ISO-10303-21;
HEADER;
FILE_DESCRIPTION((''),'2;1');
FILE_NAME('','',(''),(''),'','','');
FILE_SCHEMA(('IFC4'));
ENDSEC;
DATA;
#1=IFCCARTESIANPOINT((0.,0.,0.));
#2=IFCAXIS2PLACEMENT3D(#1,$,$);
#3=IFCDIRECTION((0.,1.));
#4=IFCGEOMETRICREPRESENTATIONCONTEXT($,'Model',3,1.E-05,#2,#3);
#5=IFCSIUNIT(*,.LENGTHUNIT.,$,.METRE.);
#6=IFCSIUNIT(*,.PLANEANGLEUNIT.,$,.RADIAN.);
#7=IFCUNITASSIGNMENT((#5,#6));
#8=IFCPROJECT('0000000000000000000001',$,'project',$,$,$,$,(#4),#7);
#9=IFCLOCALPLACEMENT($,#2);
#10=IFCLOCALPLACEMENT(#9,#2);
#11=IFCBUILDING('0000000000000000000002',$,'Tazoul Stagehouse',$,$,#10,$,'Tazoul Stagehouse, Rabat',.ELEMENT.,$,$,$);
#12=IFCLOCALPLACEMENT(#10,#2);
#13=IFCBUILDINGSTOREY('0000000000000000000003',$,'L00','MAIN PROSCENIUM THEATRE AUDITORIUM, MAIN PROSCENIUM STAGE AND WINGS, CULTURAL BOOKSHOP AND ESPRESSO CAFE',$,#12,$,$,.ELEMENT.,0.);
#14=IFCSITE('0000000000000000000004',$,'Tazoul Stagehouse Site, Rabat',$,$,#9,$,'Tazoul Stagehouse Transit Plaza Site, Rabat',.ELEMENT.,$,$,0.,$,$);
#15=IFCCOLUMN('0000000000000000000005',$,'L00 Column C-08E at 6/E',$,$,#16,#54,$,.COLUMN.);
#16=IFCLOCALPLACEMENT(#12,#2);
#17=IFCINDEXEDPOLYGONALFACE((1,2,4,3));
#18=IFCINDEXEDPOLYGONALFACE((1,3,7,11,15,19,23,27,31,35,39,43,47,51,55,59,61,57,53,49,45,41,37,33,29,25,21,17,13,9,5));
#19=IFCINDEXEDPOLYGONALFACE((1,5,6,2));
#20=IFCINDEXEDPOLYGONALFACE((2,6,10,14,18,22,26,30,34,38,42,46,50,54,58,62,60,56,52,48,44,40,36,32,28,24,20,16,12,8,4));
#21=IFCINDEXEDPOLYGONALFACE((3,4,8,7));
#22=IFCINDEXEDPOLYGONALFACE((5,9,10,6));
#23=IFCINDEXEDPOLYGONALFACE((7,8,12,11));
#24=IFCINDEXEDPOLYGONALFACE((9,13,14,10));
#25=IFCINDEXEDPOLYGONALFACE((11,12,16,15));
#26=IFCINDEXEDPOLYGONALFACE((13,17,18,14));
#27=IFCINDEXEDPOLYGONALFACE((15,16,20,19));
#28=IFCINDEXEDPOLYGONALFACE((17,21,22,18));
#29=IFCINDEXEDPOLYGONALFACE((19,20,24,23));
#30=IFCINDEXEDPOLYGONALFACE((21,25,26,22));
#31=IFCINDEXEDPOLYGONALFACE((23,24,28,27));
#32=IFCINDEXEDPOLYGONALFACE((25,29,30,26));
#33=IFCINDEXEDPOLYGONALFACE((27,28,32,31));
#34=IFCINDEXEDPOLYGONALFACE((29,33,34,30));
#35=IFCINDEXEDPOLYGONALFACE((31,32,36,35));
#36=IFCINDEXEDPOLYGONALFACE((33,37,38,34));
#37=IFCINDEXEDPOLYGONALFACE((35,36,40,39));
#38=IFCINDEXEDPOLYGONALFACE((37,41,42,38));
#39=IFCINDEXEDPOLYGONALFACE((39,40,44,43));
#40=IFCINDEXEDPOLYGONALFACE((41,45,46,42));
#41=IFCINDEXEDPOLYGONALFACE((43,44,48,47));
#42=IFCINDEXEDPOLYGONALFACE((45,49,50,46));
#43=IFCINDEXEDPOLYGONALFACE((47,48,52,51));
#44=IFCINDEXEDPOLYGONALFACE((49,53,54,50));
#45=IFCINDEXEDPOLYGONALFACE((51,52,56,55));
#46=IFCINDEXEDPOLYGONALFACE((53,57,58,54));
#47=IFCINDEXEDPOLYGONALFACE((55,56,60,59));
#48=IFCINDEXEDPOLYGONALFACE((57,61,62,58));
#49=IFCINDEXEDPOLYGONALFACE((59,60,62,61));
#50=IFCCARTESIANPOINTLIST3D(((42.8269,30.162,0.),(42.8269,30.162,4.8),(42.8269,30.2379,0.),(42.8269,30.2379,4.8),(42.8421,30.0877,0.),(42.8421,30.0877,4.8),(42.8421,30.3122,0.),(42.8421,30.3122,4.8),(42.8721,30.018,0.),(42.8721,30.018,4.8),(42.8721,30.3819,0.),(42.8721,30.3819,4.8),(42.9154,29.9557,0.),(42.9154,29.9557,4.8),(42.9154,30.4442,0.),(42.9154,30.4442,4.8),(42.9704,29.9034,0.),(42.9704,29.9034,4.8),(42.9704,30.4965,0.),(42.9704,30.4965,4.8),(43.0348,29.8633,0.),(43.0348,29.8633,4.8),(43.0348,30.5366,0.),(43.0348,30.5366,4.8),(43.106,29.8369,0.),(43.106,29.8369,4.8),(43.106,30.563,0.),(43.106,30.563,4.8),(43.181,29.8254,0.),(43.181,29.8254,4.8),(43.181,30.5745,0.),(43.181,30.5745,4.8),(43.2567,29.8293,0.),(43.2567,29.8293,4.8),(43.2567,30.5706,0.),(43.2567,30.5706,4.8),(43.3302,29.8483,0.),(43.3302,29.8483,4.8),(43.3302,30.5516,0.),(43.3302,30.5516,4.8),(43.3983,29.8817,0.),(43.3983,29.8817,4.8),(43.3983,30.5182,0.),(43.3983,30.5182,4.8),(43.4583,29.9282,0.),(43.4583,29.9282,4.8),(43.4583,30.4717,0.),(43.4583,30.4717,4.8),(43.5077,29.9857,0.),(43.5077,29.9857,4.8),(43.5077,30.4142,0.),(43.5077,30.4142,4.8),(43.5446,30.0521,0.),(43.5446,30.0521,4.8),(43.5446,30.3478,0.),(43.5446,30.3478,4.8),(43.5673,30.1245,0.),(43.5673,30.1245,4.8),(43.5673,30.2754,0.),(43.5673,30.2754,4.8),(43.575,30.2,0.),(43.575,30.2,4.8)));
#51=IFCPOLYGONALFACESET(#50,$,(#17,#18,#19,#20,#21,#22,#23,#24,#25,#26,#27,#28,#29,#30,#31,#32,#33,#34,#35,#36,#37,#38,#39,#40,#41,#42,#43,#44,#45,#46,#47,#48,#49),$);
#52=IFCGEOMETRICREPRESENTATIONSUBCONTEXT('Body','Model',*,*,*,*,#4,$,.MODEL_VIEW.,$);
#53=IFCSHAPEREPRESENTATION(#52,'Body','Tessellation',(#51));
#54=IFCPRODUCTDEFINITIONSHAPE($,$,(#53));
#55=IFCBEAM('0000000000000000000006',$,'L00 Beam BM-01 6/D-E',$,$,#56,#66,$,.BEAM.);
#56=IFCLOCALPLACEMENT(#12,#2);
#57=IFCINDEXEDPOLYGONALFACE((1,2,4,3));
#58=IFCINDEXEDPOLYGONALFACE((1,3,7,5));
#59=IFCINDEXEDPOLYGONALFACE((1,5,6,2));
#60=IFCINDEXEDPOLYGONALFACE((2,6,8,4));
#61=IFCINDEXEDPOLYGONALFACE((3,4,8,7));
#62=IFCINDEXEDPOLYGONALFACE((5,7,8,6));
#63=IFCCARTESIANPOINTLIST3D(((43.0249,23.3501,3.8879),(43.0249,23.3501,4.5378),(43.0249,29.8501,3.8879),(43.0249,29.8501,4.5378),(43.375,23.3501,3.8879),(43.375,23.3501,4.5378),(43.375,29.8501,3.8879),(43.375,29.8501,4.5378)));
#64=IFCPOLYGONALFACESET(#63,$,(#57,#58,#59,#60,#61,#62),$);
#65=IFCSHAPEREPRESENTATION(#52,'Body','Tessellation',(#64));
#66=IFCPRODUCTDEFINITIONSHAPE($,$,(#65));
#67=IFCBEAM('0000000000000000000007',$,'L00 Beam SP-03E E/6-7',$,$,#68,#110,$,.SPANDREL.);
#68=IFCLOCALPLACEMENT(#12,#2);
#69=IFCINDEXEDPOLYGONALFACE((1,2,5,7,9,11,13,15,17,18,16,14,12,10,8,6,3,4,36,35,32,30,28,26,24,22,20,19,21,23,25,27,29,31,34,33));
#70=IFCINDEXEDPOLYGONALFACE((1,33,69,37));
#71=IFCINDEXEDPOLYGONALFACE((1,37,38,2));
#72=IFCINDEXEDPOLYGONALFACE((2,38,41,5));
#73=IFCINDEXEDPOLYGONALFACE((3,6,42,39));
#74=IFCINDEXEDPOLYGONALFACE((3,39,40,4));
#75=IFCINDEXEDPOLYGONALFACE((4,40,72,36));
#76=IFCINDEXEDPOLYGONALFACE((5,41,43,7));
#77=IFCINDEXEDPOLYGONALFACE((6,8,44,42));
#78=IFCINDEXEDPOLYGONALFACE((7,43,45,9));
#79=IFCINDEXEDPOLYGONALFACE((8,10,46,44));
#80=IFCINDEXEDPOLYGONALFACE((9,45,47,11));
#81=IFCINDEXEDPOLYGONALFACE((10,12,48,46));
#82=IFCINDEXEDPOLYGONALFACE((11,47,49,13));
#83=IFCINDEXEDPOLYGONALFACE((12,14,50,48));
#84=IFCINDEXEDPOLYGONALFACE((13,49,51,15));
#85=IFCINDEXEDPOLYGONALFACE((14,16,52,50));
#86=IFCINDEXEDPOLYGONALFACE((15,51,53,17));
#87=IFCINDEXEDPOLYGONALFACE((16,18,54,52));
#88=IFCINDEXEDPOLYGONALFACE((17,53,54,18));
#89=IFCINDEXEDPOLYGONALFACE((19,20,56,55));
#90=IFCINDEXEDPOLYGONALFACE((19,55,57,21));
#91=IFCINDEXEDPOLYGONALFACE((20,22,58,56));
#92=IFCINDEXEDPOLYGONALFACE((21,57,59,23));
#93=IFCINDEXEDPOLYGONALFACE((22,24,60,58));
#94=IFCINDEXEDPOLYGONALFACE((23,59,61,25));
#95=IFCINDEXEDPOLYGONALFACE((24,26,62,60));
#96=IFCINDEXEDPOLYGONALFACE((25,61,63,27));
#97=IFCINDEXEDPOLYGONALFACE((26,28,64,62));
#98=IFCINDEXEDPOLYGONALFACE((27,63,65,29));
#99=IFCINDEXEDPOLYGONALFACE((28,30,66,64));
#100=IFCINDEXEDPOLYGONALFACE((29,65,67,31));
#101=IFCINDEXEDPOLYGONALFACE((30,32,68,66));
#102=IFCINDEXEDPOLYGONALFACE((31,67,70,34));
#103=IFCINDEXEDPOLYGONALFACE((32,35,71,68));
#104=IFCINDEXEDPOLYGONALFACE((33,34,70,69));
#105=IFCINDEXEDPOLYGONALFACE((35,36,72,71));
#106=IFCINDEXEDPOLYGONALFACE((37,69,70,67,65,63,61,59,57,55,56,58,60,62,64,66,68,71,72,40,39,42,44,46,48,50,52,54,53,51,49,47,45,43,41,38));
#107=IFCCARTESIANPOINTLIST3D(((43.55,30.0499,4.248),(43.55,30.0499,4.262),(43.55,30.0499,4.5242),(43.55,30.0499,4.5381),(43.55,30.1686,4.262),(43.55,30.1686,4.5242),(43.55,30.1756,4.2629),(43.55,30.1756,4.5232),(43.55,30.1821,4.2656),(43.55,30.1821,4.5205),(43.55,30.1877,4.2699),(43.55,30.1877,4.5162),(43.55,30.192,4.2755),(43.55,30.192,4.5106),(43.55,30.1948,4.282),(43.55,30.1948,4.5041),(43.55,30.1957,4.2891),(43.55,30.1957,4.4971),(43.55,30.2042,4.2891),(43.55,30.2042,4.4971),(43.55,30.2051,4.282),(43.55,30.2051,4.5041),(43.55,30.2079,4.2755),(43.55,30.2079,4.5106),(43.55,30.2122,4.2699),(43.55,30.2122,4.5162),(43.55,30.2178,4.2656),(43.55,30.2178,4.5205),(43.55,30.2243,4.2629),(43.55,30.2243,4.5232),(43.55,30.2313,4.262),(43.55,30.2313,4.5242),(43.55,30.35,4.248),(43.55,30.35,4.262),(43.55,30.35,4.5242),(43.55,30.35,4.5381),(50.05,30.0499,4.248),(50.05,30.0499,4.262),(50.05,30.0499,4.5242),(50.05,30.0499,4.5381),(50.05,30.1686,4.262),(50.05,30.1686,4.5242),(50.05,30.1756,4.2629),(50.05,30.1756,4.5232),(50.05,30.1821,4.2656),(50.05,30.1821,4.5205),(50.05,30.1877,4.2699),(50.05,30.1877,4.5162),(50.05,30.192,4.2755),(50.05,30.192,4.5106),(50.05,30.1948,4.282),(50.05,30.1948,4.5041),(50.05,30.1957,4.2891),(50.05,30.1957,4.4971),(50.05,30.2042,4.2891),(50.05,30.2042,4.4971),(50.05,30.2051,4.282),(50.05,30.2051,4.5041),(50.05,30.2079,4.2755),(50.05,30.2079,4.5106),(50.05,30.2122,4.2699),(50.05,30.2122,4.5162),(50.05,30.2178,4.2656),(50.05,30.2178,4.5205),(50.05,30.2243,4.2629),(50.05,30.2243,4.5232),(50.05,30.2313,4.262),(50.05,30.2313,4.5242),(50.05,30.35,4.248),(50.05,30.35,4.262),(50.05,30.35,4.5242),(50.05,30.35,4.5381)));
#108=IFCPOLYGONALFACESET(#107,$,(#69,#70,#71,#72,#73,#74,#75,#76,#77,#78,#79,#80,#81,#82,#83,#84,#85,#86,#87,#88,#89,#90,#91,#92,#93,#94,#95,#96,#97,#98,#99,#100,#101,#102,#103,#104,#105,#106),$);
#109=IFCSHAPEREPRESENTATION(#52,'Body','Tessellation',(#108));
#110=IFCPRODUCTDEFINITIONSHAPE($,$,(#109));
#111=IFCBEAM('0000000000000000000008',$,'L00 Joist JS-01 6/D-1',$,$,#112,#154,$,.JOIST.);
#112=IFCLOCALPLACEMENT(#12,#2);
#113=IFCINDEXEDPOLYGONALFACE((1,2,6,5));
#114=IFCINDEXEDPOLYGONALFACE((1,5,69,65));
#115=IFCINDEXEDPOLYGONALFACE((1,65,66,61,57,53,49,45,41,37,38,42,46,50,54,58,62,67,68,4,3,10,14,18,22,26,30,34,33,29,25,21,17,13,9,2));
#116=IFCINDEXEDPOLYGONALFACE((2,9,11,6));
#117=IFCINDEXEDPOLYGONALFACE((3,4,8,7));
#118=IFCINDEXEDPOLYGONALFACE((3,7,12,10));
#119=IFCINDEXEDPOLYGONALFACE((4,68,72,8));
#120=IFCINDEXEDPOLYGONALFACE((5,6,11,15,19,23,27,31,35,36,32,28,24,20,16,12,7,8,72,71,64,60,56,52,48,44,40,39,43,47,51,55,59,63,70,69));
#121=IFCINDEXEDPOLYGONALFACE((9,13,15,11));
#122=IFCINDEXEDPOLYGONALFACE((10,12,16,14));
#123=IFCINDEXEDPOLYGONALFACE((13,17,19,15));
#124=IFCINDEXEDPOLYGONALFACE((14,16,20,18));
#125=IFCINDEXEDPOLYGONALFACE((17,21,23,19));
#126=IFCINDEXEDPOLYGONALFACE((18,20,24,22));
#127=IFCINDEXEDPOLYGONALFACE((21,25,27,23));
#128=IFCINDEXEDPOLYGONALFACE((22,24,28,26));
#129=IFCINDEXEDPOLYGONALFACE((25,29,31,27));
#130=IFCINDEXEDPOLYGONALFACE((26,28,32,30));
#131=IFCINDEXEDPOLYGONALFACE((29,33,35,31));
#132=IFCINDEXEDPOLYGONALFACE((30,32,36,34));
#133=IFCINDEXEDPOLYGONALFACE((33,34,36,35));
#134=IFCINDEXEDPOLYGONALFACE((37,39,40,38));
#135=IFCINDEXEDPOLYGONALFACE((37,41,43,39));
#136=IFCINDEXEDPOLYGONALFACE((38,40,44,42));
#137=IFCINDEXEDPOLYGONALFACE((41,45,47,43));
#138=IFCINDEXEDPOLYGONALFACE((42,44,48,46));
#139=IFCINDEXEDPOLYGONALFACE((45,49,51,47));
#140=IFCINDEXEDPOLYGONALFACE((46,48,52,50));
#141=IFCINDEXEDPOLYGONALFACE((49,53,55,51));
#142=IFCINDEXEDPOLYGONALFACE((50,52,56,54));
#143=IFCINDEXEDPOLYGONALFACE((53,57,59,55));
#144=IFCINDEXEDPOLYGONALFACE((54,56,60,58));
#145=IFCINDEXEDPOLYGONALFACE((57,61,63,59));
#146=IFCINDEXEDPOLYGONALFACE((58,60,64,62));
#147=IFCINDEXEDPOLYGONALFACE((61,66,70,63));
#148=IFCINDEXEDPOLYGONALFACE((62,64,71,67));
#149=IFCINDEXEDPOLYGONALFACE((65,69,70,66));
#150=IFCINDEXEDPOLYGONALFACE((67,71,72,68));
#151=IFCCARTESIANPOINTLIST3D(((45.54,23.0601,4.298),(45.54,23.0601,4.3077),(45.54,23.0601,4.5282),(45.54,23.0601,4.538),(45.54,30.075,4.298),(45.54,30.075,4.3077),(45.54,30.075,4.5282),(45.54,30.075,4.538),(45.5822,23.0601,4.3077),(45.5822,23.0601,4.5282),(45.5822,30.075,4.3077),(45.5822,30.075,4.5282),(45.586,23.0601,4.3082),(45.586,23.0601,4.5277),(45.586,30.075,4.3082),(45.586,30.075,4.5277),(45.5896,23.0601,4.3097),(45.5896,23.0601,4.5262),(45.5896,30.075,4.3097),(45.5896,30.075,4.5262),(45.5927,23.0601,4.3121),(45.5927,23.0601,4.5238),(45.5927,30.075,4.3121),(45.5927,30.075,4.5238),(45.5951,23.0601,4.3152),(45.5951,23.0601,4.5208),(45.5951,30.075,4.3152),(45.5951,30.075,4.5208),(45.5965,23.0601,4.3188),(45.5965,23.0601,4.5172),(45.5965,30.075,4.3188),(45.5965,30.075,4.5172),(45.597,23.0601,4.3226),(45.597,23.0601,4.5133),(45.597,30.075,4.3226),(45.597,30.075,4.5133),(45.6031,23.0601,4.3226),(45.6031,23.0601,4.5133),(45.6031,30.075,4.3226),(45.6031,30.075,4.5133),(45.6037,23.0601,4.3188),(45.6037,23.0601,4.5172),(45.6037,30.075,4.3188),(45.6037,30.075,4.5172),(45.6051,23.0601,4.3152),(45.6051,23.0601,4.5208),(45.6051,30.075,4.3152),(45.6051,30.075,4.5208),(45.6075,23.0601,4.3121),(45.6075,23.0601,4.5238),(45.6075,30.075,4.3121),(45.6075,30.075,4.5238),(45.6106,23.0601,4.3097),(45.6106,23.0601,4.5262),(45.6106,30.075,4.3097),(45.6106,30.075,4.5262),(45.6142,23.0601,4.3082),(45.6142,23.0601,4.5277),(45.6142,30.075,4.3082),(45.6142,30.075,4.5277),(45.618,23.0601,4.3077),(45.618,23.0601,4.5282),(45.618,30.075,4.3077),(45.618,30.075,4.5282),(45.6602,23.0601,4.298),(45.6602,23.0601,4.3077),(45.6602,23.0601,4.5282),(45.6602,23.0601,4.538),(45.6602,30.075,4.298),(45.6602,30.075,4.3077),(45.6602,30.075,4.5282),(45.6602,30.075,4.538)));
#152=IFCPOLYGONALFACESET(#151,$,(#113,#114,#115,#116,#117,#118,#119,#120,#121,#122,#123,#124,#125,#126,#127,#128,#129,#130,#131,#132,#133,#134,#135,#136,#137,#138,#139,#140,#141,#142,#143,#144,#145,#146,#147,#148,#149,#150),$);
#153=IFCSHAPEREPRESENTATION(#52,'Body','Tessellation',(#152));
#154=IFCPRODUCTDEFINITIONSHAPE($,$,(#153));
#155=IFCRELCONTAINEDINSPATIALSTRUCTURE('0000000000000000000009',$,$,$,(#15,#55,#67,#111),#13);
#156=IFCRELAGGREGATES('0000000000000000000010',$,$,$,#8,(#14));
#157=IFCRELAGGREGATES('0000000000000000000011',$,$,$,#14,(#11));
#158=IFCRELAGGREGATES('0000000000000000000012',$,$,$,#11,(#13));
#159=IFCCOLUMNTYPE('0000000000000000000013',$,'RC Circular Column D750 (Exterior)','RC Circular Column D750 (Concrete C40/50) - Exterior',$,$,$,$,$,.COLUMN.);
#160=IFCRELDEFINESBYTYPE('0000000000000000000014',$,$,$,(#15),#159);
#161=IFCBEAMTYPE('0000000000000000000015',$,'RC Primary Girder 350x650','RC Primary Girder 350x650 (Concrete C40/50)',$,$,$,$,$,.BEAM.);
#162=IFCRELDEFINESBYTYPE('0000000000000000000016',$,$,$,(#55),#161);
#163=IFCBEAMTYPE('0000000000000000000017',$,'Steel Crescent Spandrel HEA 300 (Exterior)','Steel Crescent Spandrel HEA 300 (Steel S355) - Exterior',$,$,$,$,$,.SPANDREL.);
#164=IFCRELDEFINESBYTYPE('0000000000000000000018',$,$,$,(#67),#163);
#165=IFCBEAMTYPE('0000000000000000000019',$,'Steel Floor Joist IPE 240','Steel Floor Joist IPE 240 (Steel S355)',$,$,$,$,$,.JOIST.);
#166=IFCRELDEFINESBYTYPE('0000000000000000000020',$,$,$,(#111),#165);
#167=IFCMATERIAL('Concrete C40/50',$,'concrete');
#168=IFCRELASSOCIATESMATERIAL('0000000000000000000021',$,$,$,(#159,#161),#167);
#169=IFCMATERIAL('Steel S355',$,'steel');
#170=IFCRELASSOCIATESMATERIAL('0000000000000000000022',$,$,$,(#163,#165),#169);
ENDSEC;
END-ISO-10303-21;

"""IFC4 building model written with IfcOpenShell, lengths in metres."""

from ifc_helpers import new_model, si_unit, direction, frame, origin, origin_2d, place, context, subcontext, project, spatial, rectangle, circle, i_section, extrude, material, material_profile, profile_set, type_object, element, save


model = new_model("IFC4")

# Units and contexts
model_context = context("Model", 3, precision=1e-05, world=origin(), true_north=direction((0.0, 1.0)))
body_context = subcontext(model_context, "Body", "Model", "MODEL_VIEW")
ifc_project = project(units=[si_unit("LENGTHUNIT", "METRE"), si_unit("PLANEANGLEUNIT", "RADIAN")], contexts=[model_context])

# Site, building, storey
site_placement = place(None, origin())
site = spatial("IfcSite", under=ifc_project, at=site_placement, Name="Tazoul Stagehouse Site, Rabat", LongName="Tazoul Stagehouse Transit Plaza Site, Rabat", CompositionType="ELEMENT", RefElevation=0.0)
building_placement = place(site_placement, origin())
building = spatial("IfcBuilding", under=site, at=building_placement, Name="Tazoul Stagehouse", LongName="Tazoul Stagehouse, Rabat", CompositionType="ELEMENT")
storey_placement = place(building_placement, origin())
storey = spatial("IfcBuildingStorey", under=building, at=storey_placement, Name="L00", Description="MAIN PROSCENIUM THEATRE AUDITORIUM, MAIN PROSCENIUM STAGE AND WINGS, CULTURAL BOOKSHOP AND ESPRESSO CAFE", CompositionType="ELEMENT", Elevation=0.0)

# Column
ifc_material_1 = material(Name="Concrete C40/50", Category="concrete")
ifc_material_profile_1 = material_profile(ifc_material_1, circle(Radius=0.375, at=origin_2d()), Name="RC D750")
ifc_profile_set_1 = profile_set([ifc_material_profile_1], Name="Concrete C40/50")
column_type = type_object("IfcColumnType", Name="RC Circular Column D750 (Exterior)", Description="RC Circular Column D750 (Concrete C40/50) - Exterior", PredefinedType="COLUMN", material=ifc_profile_set_1)
column_placement = place(storey_placement, frame((43.2, 30.2, 0.0), z_axis=(0.0, 0.0, 1.0), x_axis=(1.0, 0.0, 0.0)))
element("IfcColumn", 1, at=column_placement, inside=storey, type_object=column_type, Name="L00 Column C-08E at 6/E", PredefinedType="COLUMN", context=body_context, shape_type="SweptSolid", body=[
    extrude(circle(Radius=0.375, at=origin_2d()), origin(), (0.0, 0.0, 1.0), 4.8),
])

# Beams
ifc_material_profile_2 = material_profile(ifc_material_1, rectangle(XDim=0.3501, YDim=0.6499, at=origin_2d()), Name="RC 350x650")
ifc_profile_set_2 = profile_set([ifc_material_profile_2], Name="Concrete C40/50")
beam_type_1 = type_object("IfcBeamType", Name="RC Primary Girder 350x650", Description="RC Primary Girder 350x650 (Concrete C40/50)", PredefinedType="BEAM", material=ifc_profile_set_2)
beam_1_placement = place(storey_placement, frame((43.2, 23.3501, 4.2129), z_axis=(0.0, 1.0, 0.0), x_axis=(-1.0, 0.0, 0.0)))
element("IfcBeam", 2, at=beam_1_placement, inside=storey, type_object=beam_type_1, Name="L00 Beam BM-01 6/D-E", PredefinedType="BEAM", context=body_context, shape_type="SweptSolid", body=[
    extrude(rectangle(XDim=0.3501, YDim=0.6499, at=origin_2d()), origin(), (0.0, 0.0, 1.0), 6.5),
])
ifc_material_2 = material(Name="Steel S355", Category="steel")
ifc_material_profile_3 = material_profile(ifc_material_2, i_section(OverallWidth=0.3, OverallDepth=0.29, WebThickness=0.0085, FlangeThickness=0.0139, FilletRadius=0.0271, at=origin_2d()), Name="HEA 300")
ifc_profile_set_3 = profile_set([ifc_material_profile_3], Name="Steel S355")
beam_type_2 = type_object("IfcBeamType", Name="Steel Crescent Spandrel HEA 300 (Exterior)", Description="Steel Crescent Spandrel HEA 300 (Steel S355) - Exterior", PredefinedType="SPANDREL", material=ifc_profile_set_3)
beam_2_placement = place(storey_placement, frame((43.55, 30.2, 4.3931), z_axis=(1.0, 0.0, 0.0), x_axis=(0.0, 1.0, 0.0)))
element("IfcBeam", 3, at=beam_2_placement, inside=storey, type_object=beam_type_2, Name="L00 Beam SP-03E E/6-7", PredefinedType="SPANDREL", context=body_context, shape_type="SweptSolid", body=[
    extrude(i_section(OverallWidth=0.3, OverallDepth=0.29, WebThickness=0.0085, FlangeThickness=0.0139, FilletRadius=0.0271, at=origin_2d()), origin(), (0.0, 0.0, 1.0), 6.5),
])
ifc_material_profile_4 = material_profile(ifc_material_2, i_section(OverallWidth=0.1201, OverallDepth=0.24, WebThickness=0.0061, FlangeThickness=0.0098, FilletRadius=0.0149, at=origin_2d()), Name="IPE 240")
ifc_profile_set_4 = profile_set([ifc_material_profile_4], Name="Steel S355")
beam_type_3 = type_object("IfcBeamType", Name="Steel Floor Joist IPE 240", Description="Steel Floor Joist IPE 240 (Steel S355)", PredefinedType="JOIST", material=ifc_profile_set_4)
for number, where, z_axis, x_axis, name in (
    (4, (45.6001, 23.0601, 4.418), (0.0, 1.0, 0.0), (-1.0, 0.0, 0.0), "L00 Joist JS-01 6/D-1"),
):
    element("IfcBeam", number, at=place(storey_placement, frame(where, z_axis=z_axis, x_axis=x_axis)), inside=storey, type_object=beam_type_3, Name=name, PredefinedType="JOIST", context=body_context, shape_type="SweptSolid", body=[
        extrude(i_section(OverallWidth=0.1201, OverallDepth=0.24, WebThickness=0.0061, FlangeThickness=0.0098, FilletRadius=0.0149, at=origin_2d()), origin(), (0.0, 0.0, 1.0), 7.0149),
    ])

save(model, "model.ifc")
